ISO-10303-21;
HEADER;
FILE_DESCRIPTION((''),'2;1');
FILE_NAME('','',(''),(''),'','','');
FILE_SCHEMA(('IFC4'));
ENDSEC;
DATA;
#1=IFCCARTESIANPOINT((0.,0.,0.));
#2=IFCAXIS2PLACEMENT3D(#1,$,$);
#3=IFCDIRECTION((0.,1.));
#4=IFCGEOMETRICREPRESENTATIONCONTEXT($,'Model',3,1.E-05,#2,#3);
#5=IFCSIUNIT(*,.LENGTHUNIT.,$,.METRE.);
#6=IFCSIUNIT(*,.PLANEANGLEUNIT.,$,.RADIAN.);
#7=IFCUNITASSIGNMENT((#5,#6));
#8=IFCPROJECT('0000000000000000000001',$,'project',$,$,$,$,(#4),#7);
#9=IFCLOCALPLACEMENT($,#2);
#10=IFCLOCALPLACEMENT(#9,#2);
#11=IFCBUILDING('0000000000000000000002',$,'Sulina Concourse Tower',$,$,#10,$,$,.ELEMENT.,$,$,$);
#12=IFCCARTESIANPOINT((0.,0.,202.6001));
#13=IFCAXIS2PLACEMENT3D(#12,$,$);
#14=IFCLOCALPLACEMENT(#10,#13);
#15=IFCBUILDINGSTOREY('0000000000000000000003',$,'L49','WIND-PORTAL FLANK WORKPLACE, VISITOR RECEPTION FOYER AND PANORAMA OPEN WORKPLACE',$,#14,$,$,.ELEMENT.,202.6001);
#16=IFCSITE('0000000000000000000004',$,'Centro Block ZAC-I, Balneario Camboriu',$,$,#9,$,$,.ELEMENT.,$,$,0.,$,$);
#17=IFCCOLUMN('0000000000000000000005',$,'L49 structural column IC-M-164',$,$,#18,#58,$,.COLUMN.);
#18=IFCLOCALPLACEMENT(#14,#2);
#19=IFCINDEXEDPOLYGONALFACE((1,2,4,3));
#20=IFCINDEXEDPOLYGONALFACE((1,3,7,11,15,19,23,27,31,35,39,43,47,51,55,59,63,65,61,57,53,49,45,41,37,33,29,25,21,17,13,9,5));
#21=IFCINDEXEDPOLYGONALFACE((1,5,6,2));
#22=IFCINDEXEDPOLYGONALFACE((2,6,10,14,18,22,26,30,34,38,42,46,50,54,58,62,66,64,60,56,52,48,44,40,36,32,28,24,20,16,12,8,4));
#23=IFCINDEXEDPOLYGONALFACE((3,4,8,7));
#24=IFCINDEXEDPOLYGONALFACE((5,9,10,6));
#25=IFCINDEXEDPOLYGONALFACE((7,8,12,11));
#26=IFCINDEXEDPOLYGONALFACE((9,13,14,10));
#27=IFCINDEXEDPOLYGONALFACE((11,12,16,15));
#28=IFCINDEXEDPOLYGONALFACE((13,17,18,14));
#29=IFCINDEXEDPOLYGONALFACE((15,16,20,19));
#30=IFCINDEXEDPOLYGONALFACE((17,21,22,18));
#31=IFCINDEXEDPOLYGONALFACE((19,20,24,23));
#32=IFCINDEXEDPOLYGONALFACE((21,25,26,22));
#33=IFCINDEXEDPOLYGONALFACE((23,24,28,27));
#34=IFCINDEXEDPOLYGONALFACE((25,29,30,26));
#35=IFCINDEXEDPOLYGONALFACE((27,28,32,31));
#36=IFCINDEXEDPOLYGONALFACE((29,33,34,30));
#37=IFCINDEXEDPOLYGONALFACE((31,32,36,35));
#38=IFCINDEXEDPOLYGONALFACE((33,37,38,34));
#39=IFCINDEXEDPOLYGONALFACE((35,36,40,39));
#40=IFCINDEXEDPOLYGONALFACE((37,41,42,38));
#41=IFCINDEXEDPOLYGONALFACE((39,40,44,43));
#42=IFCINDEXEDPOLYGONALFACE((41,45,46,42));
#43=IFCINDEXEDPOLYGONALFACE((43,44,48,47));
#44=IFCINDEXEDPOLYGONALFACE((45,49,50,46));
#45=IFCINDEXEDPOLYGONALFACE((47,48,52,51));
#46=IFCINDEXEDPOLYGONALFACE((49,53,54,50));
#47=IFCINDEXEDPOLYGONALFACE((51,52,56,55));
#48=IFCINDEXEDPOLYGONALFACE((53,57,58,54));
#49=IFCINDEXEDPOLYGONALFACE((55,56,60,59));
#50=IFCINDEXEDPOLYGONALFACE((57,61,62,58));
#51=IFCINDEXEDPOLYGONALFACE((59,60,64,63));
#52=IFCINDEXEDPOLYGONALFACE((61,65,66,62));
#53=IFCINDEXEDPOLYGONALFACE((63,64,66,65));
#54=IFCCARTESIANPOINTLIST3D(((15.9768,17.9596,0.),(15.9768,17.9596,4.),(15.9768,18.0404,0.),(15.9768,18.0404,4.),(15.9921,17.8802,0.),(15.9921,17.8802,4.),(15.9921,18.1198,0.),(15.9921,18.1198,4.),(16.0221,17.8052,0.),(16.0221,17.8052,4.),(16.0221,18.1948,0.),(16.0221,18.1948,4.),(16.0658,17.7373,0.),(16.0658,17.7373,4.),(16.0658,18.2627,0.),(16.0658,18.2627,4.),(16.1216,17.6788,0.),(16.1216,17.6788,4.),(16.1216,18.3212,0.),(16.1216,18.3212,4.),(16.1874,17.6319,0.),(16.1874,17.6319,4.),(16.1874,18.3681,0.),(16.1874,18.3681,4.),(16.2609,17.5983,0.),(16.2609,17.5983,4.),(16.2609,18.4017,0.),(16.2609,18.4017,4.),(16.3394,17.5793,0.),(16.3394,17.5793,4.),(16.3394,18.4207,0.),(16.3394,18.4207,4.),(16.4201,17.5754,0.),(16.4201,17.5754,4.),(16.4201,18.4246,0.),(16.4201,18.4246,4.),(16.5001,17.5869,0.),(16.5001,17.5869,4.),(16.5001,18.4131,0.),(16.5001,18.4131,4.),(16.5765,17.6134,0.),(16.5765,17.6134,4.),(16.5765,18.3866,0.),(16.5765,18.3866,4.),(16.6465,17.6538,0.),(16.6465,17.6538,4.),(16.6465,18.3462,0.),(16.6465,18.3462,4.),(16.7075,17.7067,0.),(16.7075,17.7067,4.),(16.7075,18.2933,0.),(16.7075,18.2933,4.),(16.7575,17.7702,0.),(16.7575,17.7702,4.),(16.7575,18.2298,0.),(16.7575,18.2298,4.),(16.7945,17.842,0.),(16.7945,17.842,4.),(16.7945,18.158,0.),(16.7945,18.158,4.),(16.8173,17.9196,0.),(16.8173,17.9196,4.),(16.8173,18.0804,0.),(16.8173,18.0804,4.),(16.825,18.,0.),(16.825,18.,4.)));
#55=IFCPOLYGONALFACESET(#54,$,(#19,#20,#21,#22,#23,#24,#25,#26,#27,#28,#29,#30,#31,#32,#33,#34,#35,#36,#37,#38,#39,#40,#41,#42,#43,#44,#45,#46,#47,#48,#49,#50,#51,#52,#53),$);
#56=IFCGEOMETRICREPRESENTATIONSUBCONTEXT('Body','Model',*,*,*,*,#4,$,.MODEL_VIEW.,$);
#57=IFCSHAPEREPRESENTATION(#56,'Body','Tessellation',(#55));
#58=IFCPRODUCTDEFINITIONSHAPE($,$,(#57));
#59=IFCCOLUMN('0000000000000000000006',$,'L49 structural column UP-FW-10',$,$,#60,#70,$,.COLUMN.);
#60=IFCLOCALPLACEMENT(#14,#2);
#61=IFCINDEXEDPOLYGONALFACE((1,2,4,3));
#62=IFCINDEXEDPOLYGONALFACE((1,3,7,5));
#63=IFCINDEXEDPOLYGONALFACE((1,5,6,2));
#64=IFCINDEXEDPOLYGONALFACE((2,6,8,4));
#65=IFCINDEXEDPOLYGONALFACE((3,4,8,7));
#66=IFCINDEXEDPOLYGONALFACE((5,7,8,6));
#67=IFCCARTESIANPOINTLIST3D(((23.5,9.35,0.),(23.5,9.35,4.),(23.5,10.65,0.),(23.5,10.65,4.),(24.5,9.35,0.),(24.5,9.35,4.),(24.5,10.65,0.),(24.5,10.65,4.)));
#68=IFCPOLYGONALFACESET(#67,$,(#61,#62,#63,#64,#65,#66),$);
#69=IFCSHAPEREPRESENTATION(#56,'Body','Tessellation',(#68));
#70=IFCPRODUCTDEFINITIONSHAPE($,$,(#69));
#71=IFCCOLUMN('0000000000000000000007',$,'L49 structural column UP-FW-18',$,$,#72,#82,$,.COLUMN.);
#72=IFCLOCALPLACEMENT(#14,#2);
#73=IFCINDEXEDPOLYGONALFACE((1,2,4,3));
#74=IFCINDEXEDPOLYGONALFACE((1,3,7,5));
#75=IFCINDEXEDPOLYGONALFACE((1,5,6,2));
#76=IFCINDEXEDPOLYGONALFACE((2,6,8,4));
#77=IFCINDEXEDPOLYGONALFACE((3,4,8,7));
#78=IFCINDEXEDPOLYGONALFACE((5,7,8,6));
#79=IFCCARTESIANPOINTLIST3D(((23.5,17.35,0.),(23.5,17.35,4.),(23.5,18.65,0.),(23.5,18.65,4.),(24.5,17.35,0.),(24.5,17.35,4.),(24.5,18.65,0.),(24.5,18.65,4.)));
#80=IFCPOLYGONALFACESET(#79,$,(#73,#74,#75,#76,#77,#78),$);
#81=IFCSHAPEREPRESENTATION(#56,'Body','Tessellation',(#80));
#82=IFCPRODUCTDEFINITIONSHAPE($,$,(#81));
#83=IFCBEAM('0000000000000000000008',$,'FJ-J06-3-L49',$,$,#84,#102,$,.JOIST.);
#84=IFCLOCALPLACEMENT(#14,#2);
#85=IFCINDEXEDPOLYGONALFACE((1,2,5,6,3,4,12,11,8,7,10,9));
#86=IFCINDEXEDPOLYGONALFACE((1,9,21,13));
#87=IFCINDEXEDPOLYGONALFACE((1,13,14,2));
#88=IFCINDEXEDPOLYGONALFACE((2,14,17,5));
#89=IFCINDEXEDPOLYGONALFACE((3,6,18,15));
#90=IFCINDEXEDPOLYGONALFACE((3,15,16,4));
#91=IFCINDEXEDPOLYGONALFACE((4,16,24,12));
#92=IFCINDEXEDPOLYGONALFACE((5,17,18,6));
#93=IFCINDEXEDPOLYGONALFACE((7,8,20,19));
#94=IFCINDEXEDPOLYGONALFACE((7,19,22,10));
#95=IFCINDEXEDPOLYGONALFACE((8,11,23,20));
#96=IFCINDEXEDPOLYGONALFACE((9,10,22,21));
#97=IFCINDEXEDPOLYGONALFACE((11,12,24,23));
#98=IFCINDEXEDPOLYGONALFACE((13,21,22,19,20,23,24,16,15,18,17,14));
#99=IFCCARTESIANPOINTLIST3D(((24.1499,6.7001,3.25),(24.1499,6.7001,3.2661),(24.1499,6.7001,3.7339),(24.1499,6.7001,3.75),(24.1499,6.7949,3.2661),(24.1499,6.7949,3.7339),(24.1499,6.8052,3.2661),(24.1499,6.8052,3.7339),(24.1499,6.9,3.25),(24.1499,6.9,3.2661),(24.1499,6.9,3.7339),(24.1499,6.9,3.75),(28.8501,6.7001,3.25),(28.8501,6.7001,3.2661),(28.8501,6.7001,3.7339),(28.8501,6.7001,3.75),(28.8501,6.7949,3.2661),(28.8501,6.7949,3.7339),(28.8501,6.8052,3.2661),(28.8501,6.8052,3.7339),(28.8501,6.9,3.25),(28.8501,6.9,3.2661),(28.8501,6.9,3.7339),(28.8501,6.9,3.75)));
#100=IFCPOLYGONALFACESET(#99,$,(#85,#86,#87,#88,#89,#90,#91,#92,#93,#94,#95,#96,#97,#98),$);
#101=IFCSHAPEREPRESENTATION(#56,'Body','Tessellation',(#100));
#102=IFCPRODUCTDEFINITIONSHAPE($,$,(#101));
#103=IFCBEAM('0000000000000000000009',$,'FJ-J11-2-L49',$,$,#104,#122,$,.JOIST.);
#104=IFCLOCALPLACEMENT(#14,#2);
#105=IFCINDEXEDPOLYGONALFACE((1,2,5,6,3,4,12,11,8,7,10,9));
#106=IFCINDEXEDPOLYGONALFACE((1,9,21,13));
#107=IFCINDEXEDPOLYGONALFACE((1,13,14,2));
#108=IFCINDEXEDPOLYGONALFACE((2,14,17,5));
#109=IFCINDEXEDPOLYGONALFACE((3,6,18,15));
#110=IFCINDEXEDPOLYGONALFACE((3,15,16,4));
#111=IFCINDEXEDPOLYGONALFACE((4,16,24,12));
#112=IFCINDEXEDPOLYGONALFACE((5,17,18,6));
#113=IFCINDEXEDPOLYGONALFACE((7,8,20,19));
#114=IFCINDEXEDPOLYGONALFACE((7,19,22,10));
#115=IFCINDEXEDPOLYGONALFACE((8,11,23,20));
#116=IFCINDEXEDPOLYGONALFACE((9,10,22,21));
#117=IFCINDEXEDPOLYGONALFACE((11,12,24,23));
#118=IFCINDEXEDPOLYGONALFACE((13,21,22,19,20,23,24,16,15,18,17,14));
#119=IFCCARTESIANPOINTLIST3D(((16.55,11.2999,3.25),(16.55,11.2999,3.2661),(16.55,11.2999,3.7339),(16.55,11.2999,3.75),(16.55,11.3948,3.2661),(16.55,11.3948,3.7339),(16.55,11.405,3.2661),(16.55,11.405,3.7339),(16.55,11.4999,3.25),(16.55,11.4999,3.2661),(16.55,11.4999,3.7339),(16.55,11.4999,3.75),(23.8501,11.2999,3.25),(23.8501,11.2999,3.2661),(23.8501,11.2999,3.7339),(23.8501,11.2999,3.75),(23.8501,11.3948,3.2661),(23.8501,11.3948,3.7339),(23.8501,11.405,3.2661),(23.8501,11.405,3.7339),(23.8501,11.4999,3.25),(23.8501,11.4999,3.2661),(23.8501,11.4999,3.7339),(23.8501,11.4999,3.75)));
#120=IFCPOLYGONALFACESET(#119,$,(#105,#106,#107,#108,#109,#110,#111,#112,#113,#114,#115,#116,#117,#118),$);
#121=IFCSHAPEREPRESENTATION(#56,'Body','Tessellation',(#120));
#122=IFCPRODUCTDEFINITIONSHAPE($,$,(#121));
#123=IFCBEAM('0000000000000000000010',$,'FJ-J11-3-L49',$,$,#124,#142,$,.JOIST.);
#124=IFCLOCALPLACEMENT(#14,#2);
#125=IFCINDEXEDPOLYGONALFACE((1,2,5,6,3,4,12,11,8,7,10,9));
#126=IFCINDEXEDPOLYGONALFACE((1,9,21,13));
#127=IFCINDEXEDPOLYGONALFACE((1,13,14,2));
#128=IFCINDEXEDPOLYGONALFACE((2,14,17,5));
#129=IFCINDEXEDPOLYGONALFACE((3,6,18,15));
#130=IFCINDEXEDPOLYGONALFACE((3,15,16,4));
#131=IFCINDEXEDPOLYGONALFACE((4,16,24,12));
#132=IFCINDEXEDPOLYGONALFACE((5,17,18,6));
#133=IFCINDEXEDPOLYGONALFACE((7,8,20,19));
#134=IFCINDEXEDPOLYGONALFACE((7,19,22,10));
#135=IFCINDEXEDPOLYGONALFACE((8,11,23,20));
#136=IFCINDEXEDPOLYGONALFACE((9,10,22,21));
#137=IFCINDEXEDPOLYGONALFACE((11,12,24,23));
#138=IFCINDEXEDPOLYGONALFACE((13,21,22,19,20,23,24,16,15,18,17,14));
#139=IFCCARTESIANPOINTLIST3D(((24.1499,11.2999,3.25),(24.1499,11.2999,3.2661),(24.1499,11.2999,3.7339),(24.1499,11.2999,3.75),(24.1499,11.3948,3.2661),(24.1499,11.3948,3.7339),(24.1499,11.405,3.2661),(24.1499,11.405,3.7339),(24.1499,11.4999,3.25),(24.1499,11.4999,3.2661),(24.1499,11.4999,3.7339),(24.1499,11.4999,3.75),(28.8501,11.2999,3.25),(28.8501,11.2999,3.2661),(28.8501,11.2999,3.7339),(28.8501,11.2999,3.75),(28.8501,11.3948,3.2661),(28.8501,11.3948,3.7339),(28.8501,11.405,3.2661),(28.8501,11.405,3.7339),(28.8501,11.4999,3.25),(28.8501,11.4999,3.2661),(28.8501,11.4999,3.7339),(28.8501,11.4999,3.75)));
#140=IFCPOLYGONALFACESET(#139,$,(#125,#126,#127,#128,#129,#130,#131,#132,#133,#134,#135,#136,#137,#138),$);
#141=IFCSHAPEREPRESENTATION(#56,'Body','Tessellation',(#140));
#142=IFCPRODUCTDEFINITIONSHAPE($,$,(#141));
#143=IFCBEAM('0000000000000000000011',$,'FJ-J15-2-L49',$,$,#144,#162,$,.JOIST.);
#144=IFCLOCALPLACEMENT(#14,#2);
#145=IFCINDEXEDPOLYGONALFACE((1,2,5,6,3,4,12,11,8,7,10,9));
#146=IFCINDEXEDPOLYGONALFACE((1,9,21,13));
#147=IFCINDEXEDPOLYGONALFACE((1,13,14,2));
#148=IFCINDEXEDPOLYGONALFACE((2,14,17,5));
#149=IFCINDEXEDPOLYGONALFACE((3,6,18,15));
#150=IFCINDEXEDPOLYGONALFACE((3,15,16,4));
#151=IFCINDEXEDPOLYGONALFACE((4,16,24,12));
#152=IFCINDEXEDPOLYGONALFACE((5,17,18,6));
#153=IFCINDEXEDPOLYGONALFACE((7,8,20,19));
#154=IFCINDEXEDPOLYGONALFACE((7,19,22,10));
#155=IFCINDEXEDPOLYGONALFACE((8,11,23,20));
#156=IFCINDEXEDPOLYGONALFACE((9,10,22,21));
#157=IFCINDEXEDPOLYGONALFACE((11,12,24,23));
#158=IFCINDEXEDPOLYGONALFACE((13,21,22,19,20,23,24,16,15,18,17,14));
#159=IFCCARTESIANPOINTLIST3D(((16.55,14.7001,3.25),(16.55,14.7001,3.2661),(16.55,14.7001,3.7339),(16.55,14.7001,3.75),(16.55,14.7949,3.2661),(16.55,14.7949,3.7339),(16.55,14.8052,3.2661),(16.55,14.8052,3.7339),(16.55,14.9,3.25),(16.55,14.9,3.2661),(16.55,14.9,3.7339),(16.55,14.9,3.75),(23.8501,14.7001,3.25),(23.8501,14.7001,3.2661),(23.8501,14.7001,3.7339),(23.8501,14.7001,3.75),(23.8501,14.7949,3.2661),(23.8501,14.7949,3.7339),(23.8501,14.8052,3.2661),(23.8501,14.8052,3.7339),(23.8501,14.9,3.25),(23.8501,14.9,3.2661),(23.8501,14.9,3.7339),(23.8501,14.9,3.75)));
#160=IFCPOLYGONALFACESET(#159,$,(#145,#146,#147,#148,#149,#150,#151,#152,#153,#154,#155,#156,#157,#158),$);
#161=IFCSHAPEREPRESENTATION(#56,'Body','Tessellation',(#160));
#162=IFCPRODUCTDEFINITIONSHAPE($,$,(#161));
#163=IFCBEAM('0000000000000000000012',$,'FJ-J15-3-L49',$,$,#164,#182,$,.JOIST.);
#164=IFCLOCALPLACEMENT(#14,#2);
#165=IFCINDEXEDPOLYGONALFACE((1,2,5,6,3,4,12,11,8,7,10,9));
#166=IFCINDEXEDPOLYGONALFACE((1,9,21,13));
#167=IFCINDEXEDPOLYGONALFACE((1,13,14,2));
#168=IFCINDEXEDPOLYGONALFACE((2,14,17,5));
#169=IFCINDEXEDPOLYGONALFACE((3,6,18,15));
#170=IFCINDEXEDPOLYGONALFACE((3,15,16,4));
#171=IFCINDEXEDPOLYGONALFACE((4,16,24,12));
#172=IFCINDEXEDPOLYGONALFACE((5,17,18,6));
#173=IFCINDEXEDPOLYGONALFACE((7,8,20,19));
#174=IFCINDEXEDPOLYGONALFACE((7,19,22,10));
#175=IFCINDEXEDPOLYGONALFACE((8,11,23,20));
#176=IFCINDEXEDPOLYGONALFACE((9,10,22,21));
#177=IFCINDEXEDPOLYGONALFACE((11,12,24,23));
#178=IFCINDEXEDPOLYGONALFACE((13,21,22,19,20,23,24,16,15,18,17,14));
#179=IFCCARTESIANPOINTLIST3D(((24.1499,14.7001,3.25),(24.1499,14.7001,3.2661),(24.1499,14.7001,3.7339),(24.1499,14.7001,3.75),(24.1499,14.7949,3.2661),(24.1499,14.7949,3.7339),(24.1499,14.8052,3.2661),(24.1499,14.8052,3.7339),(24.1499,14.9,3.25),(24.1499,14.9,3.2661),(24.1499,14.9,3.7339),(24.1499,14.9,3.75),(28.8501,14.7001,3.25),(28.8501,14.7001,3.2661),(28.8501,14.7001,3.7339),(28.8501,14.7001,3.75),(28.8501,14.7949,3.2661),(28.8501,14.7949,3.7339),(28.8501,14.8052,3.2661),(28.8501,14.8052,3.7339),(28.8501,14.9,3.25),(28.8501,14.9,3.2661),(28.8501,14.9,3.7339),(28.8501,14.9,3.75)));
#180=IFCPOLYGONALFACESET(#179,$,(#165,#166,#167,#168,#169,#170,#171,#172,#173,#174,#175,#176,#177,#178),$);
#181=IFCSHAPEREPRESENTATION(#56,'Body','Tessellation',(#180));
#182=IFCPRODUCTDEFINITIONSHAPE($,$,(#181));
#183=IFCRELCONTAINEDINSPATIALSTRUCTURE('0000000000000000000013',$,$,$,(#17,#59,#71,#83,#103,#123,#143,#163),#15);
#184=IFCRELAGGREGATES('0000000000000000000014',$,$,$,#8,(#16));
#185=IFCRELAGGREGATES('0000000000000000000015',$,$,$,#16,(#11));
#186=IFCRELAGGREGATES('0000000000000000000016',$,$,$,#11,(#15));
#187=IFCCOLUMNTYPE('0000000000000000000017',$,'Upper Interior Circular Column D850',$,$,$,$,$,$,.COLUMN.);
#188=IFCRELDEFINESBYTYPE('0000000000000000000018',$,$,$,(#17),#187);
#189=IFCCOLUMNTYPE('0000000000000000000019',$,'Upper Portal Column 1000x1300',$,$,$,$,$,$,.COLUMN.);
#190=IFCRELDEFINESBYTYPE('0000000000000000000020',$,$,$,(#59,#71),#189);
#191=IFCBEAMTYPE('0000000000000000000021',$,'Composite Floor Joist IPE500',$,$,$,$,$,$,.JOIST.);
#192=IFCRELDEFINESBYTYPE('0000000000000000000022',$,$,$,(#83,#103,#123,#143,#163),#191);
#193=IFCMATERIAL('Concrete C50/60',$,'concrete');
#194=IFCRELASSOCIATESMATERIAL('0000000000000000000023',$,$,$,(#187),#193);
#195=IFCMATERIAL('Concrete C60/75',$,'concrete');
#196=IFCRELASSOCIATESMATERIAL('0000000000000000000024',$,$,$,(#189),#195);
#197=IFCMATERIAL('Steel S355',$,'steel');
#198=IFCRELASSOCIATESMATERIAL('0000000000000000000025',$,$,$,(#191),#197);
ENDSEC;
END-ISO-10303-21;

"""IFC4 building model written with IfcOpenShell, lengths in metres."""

from ifc_helpers import new_model, si_unit, direction, frame, origin, origin_2d, place, context, subcontext, project, spatial, rectangle, circle, i_section, extrude, material, material_profile, profile_set, type_object, element, save


model = new_model("IFC4")

# Units and contexts
model_context = context("Model", 3, precision=1e-05, world=origin(), true_north=direction((0.0, 1.0)))
body_context = subcontext(model_context, "Body", "Model", "MODEL_VIEW")
ifc_project = project(units=[si_unit("LENGTHUNIT", "METRE"), si_unit("PLANEANGLEUNIT", "RADIAN")], contexts=[model_context])

# Site, building, storey
site_placement = place(None, origin())
site = spatial("IfcSite", under=ifc_project, at=site_placement, Name="Centro Block ZAC-I, Balneario Camboriu", CompositionType="ELEMENT", RefElevation=0.0)
building_placement = place(site_placement, origin())
building = spatial("IfcBuilding", under=site, at=building_placement, Name="Sulina Concourse Tower", CompositionType="ELEMENT")
storey_placement = place(building_placement, frame((0.0, 0.0, 202.6001)))
storey = spatial("IfcBuildingStorey", under=building, at=storey_placement, Name="L49", Description="WIND-PORTAL FLANK WORKPLACE, VISITOR RECEPTION FOYER AND PANORAMA OPEN WORKPLACE", CompositionType="ELEMENT", Elevation=202.6001)

# Columns
ifc_material_1 = material(Name="Concrete C50/60", Category="concrete")
ifc_material_profile_1 = material_profile(ifc_material_1, circle(Radius=0.425, at=origin_2d()), Name="RC D850")
ifc_profile_set_1 = profile_set([ifc_material_profile_1], Name="Concrete C50/60")
column_type_1 = type_object("IfcColumnType", Name="Upper Interior Circular Column D850", PredefinedType="COLUMN", material=ifc_profile_set_1)
column_placement = place(storey_placement, frame((16.3999, 18.0, 0.0), z_axis=(0.0, 0.0, 1.0), x_axis=(1.0, 0.0, 0.0)))
element("IfcColumn", 1, at=column_placement, inside=storey, type_object=column_type_1, Name="L49 structural column IC-M-164", PredefinedType="COLUMN", context=body_context, shape_type="SweptSolid", body=[
    extrude(circle(Radius=0.425, at=origin_2d()), origin(), (0.0, 0.0, 1.0), 4.0),
])
ifc_material_2 = material(Name="Concrete C60/75", Category="concrete")
ifc_material_profile_2 = material_profile(ifc_material_2, rectangle(XDim=1.0, YDim=1.3, at=origin_2d()), Name="RC 1000x1300")
ifc_profile_set_2 = profile_set([ifc_material_profile_2], Name="Concrete C60/75")
column_type_2 = type_object("IfcColumnType", Name="Upper Portal Column 1000x1300", PredefinedType="COLUMN", material=ifc_profile_set_2)
for number, where, z_axis, x_axis, name in (
    (2, (24.0, 10.0, 0.0), (0.0, 0.0, 1.0), (1.0, 0.0, 0.0), "L49 structural column UP-FW-10"),
    (3, (24.0, 18.0, 0.0), (0.0, 0.0, 1.0), (1.0, 0.0, 0.0), "L49 structural column UP-FW-18"),
):
    element("IfcColumn", number, at=place(storey_placement, frame(where, z_axis=z_axis, x_axis=x_axis)), inside=storey, type_object=column_type_2, Name=name, PredefinedType="COLUMN", context=body_context, shape_type="SweptSolid", body=[
        extrude(rectangle(XDim=1.0, YDim=1.3, at=origin_2d()), origin(), (0.0, 0.0, 1.0), 4.0),
    ])

# Beams
ifc_material_3 = material(Name="Steel S355", Category="steel")
ifc_material_profile_3 = material_profile(ifc_material_3, i_section(OverallWidth=0.2, OverallDepth=0.5, WebThickness=0.0103, FlangeThickness=0.0161, at=origin_2d()), Name="IPE 500")
ifc_profile_set_3 = profile_set([ifc_material_profile_3], Name="Steel S355")
beam_type_1 = type_object("IfcBeamType", Name="Composite Floor Joist IPE500", PredefinedType="JOIST", material=ifc_profile_set_3)
beam_1_placement = place(storey_placement, frame((24.1499, 6.8, 3.5), z_axis=(1.0, 0.0, 0.0), x_axis=(0.0, 1.0, 0.0)))
element("IfcBeam", 4, at=beam_1_placement, inside=storey, type_object=beam_type_1, Name="FJ-J06-3-L49", PredefinedType="JOIST", context=body_context, shape_type="SweptSolid", body=[
    extrude(i_section(OverallWidth=0.2, OverallDepth=0.5, WebThickness=0.0103, FlangeThickness=0.0161, at=origin_2d()), origin(), (0.0, 0.0, 1.0), 4.7002),
])
beam_2_placement = place(storey_placement, frame((16.55, 11.3999, 3.5), z_axis=(1.0, 0.0, 0.0), x_axis=(0.0, 1.0, 0.0)))
element("IfcBeam", 5, at=beam_2_placement, inside=storey, type_object=beam_type_1, Name="FJ-J11-2-L49", PredefinedType="JOIST", context=body_context, shape_type="SweptSolid", body=[
    extrude(i_section(OverallWidth=0.2, OverallDepth=0.5, WebThickness=0.0103, FlangeThickness=0.0161, at=origin_2d()), origin(), (0.0, 0.0, 1.0), 7.3),
])
beam_3_placement = place(storey_placement, frame((24.1499, 11.3999, 3.5), z_axis=(1.0, 0.0, 0.0), x_axis=(0.0, 1.0, 0.0)))
element("IfcBeam", 6, at=beam_3_placement, inside=storey, type_object=beam_type_1, Name="FJ-J11-3-L49", PredefinedType="JOIST", context=body_context, shape_type="SweptSolid", body=[
    extrude(i_section(OverallWidth=0.2, OverallDepth=0.5, WebThickness=0.0103, FlangeThickness=0.0161, at=origin_2d()), origin(), (0.0, 0.0, 1.0), 4.7002),
])
beam_4_placement = place(storey_placement, frame((16.55, 14.8, 3.5), z_axis=(1.0, 0.0, 0.0), x_axis=(0.0, 1.0, 0.0)))
element("IfcBeam", 7, at=beam_4_placement, inside=storey, type_object=beam_type_1, Name="FJ-J15-2-L49", PredefinedType="JOIST", context=body_context, shape_type="SweptSolid", body=[
    extrude(i_section(OverallWidth=0.2, OverallDepth=0.5, WebThickness=0.0103, FlangeThickness=0.0161, at=origin_2d()), origin(), (0.0, 0.0, 1.0), 7.3),
])
beam_5_placement = place(storey_placement, frame((24.1499, 14.8, 3.5), z_axis=(1.0, 0.0, 0.0), x_axis=(0.0, 1.0, 0.0)))
element("IfcBeam", 8, at=beam_5_placement, inside=storey, type_object=beam_type_1, Name="FJ-J15-3-L49", PredefinedType="JOIST", context=body_context, shape_type="SweptSolid", body=[
    extrude(i_section(OverallWidth=0.2, OverallDepth=0.5, WebThickness=0.0103, FlangeThickness=0.0161, at=origin_2d()), origin(), (0.0, 0.0, 1.0), 4.7002),
])

save(model, "model.ifc")
